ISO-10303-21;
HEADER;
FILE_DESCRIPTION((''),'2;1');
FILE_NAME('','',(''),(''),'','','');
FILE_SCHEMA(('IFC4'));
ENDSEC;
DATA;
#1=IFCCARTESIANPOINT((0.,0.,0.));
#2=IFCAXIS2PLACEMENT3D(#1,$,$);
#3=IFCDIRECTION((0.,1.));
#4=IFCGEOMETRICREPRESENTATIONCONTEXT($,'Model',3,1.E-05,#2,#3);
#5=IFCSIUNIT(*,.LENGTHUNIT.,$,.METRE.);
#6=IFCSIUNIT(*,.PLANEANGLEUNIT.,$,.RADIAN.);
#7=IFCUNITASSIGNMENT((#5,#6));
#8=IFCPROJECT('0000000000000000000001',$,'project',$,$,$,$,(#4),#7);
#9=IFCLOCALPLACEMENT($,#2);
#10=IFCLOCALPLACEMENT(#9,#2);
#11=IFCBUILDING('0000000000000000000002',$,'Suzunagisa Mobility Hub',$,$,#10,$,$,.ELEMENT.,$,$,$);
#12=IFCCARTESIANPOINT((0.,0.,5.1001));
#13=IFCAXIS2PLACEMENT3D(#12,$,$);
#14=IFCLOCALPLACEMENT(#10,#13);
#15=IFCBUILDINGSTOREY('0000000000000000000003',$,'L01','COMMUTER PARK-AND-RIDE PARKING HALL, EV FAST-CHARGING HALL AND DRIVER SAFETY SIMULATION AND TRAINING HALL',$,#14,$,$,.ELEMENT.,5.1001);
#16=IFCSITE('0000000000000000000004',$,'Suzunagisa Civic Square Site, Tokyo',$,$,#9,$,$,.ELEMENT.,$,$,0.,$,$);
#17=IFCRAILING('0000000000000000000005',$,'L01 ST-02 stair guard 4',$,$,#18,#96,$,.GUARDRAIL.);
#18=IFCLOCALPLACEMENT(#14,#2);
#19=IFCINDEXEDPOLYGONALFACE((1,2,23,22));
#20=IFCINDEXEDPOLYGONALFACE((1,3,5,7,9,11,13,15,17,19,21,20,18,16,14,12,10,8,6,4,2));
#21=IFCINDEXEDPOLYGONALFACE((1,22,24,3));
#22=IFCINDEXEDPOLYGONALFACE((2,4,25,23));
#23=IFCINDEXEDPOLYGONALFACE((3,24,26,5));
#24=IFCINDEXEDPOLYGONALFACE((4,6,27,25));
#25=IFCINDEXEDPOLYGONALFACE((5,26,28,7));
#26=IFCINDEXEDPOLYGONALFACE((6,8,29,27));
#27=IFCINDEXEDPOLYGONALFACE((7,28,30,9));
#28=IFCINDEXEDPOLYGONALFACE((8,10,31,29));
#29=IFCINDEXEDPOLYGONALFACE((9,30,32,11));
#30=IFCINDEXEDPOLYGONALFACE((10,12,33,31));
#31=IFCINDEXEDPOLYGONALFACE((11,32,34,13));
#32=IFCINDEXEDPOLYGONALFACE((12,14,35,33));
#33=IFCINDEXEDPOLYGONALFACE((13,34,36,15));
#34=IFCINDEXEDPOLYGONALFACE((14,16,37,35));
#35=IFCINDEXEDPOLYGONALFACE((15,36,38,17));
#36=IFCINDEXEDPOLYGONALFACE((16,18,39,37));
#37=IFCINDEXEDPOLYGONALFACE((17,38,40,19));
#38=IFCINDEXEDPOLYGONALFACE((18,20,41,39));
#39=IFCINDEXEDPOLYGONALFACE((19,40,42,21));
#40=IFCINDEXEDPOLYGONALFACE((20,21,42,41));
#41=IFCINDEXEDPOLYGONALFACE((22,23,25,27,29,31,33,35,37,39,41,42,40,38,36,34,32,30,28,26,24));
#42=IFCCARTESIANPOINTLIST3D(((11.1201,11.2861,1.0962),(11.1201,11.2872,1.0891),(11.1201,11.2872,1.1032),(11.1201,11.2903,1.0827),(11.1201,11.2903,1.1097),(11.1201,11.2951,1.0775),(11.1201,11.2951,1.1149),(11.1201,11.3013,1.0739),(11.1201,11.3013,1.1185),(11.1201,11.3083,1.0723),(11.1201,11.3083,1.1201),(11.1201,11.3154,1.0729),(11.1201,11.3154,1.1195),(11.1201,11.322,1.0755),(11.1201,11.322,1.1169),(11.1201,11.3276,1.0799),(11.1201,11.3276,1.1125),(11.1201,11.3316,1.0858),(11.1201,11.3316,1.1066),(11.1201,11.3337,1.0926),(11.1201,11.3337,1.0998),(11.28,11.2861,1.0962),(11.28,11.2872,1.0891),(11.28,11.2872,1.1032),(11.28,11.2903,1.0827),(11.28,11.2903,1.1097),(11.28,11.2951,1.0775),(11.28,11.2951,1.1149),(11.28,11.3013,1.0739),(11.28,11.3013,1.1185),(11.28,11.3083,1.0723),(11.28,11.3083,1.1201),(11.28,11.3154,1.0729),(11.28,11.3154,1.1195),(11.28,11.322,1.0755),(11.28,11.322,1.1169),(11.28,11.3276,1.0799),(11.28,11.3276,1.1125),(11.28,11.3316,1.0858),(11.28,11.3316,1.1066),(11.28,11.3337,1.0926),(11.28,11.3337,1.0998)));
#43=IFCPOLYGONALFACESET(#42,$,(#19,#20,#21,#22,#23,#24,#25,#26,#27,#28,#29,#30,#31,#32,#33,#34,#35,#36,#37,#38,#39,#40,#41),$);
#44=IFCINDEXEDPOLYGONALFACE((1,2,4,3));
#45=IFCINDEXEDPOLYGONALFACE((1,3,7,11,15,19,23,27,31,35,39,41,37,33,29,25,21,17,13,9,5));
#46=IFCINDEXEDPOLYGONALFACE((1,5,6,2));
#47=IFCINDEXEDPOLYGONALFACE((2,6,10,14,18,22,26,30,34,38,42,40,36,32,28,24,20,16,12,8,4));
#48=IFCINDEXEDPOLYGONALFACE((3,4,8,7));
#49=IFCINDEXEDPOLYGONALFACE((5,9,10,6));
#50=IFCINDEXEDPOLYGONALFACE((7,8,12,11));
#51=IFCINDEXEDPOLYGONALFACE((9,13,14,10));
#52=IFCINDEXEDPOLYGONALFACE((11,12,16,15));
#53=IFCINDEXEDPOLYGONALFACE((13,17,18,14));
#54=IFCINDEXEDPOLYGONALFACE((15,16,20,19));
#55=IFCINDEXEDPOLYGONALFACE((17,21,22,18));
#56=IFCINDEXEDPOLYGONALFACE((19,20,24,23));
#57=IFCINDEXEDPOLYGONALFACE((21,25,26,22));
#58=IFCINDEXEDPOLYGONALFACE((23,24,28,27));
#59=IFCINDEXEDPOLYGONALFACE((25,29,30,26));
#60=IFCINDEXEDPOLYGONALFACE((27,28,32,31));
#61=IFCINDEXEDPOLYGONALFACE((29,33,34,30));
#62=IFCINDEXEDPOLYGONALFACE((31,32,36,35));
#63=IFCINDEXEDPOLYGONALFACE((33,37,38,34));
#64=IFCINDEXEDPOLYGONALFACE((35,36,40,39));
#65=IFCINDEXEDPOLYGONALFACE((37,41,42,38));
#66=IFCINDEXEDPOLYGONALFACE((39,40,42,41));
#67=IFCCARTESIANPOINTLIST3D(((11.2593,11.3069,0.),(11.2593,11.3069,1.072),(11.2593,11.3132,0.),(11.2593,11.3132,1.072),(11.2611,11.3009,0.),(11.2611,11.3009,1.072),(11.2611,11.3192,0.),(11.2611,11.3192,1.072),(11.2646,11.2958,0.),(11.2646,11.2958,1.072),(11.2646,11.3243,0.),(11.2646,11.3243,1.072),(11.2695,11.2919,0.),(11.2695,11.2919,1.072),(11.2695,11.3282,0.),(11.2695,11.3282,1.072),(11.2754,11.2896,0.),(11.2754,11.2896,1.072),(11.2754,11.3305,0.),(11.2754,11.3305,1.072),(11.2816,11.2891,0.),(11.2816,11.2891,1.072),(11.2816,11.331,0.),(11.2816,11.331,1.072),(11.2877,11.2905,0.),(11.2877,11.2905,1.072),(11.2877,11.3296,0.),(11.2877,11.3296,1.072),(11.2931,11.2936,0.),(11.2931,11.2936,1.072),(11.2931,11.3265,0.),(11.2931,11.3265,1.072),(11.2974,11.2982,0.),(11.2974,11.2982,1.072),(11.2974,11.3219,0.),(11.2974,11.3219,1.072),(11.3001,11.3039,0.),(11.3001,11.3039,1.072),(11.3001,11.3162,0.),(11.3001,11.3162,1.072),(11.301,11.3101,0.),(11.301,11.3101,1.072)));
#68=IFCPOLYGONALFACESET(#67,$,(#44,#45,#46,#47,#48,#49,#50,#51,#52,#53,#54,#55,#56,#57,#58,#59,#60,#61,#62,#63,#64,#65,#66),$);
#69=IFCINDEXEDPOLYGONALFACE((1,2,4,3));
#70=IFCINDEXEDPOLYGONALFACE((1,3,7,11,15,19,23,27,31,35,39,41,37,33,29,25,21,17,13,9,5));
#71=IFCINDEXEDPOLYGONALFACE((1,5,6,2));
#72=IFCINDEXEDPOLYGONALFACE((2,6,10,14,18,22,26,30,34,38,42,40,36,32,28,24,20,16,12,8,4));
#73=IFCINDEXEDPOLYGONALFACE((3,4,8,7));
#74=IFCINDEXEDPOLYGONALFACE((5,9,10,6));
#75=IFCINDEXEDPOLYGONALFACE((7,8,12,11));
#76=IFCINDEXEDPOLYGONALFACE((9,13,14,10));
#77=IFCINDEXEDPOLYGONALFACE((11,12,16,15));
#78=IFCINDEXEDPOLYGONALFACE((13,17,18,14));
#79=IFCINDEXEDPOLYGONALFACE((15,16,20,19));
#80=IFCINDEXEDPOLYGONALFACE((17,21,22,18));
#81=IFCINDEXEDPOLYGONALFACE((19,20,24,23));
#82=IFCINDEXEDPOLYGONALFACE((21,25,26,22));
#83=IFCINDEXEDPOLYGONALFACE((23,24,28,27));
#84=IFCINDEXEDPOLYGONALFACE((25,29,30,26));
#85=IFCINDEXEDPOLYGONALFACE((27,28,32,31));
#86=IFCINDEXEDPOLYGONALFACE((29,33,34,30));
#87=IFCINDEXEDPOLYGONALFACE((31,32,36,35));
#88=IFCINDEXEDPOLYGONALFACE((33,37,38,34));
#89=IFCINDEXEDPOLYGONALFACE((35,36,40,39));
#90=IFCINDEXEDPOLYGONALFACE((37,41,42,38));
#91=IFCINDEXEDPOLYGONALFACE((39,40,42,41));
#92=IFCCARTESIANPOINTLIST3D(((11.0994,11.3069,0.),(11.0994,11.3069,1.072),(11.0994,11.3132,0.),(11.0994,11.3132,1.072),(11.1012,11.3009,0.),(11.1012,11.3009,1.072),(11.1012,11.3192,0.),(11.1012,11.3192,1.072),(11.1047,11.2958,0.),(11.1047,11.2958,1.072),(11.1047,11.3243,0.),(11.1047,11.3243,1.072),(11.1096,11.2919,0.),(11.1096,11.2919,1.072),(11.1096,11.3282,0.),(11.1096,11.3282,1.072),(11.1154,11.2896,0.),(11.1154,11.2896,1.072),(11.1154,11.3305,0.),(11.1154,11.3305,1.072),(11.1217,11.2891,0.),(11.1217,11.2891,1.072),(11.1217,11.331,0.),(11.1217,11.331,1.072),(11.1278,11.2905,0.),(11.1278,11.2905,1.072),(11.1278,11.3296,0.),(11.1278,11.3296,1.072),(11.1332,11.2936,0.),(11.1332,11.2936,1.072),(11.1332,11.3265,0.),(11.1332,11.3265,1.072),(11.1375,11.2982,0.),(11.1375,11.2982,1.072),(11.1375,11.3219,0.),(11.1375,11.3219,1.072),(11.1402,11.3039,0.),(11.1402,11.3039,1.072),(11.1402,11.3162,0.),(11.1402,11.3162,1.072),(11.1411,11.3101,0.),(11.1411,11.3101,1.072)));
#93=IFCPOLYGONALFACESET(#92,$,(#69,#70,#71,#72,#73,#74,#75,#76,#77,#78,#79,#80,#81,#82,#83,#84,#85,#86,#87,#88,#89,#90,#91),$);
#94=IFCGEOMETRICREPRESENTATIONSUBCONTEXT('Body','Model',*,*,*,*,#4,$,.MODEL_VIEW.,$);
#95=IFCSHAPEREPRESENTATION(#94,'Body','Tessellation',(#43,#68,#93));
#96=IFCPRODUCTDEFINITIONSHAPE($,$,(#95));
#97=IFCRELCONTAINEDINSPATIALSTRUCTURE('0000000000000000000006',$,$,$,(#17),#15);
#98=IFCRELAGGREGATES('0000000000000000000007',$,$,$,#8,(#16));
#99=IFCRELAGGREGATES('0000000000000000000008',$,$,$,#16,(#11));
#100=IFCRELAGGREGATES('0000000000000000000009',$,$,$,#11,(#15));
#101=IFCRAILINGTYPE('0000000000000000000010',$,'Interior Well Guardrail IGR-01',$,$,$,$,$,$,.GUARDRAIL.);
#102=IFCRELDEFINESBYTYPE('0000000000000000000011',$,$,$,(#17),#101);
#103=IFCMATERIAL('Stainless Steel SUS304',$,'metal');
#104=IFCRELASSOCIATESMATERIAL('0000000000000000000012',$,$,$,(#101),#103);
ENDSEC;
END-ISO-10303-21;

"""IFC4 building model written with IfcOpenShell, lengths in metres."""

from ifc_helpers import new_model, si_unit, direction, frame, origin, origin_2d, place, context, subcontext, project, spatial, circle, extrude, material, type_object, element, save


model = new_model("IFC4")

# Units and contexts
model_context = context("Model", 3, precision=1e-05, world=origin(), true_north=direction((0.0, 1.0)))
body_context = subcontext(model_context, "Body", "Model", "MODEL_VIEW")
ifc_project = project(units=[si_unit("LENGTHUNIT", "METRE"), si_unit("PLANEANGLEUNIT", "RADIAN")], contexts=[model_context])

# Site, building, storey
site_placement = place(None, origin())
site = spatial("IfcSite", under=ifc_project, at=site_placement, Name="Suzunagisa Civic Square Site, Tokyo", CompositionType="ELEMENT", RefElevation=0.0)
building_placement = place(site_placement, origin())
building = spatial("IfcBuilding", under=site, at=building_placement, Name="Suzunagisa Mobility Hub", CompositionType="ELEMENT")
storey_placement = place(building_placement, frame((0.0, 0.0, 5.1001)))
storey = spatial("IfcBuildingStorey", under=building, at=storey_placement, Name="L01", Description="COMMUTER PARK-AND-RIDE PARKING HALL, EV FAST-CHARGING HALL AND DRIVER SAFETY SIMULATION AND TRAINING HALL", CompositionType="ELEMENT", Elevation=5.1001)

# Railing
ifc_material_1 = material(Name="Stainless Steel SUS304", Category="metal")
railing_type_1 = type_object("IfcRailingType", Name="Interior Well Guardrail IGR-01", PredefinedType="GUARDRAIL", material=ifc_material_1)
railing_1_placement = place(storey_placement, frame((11.28, 11.3101, 0.0)))
element("IfcRailing", 1, at=railing_1_placement, inside=storey, type_object=railing_type_1, Name="L01 ST-02 stair guard 4", PredefinedType="GUARDRAIL", context=body_context, shape_type="SweptSolid", body=[
    extrude(circle(Radius=0.0239, at=origin_2d()), frame((0.0, 0.0, 1.0962), z_axis=(-1.0, 0.0, 0.0), x_axis=(0.0, -1.0, 0.0)), (0.0, 0.0, 1.0), 0.1599),
    extrude(circle(Radius=0.021, at=origin_2d()), origin(), (0.0, 0.0, 1.0), 1.072),
    extrude(circle(Radius=0.021, at=origin_2d()), frame((-0.1599, 0.0, 0.0)), (0.0, 0.0, 1.0), 1.072),
])

save(model, "model.ifc")
